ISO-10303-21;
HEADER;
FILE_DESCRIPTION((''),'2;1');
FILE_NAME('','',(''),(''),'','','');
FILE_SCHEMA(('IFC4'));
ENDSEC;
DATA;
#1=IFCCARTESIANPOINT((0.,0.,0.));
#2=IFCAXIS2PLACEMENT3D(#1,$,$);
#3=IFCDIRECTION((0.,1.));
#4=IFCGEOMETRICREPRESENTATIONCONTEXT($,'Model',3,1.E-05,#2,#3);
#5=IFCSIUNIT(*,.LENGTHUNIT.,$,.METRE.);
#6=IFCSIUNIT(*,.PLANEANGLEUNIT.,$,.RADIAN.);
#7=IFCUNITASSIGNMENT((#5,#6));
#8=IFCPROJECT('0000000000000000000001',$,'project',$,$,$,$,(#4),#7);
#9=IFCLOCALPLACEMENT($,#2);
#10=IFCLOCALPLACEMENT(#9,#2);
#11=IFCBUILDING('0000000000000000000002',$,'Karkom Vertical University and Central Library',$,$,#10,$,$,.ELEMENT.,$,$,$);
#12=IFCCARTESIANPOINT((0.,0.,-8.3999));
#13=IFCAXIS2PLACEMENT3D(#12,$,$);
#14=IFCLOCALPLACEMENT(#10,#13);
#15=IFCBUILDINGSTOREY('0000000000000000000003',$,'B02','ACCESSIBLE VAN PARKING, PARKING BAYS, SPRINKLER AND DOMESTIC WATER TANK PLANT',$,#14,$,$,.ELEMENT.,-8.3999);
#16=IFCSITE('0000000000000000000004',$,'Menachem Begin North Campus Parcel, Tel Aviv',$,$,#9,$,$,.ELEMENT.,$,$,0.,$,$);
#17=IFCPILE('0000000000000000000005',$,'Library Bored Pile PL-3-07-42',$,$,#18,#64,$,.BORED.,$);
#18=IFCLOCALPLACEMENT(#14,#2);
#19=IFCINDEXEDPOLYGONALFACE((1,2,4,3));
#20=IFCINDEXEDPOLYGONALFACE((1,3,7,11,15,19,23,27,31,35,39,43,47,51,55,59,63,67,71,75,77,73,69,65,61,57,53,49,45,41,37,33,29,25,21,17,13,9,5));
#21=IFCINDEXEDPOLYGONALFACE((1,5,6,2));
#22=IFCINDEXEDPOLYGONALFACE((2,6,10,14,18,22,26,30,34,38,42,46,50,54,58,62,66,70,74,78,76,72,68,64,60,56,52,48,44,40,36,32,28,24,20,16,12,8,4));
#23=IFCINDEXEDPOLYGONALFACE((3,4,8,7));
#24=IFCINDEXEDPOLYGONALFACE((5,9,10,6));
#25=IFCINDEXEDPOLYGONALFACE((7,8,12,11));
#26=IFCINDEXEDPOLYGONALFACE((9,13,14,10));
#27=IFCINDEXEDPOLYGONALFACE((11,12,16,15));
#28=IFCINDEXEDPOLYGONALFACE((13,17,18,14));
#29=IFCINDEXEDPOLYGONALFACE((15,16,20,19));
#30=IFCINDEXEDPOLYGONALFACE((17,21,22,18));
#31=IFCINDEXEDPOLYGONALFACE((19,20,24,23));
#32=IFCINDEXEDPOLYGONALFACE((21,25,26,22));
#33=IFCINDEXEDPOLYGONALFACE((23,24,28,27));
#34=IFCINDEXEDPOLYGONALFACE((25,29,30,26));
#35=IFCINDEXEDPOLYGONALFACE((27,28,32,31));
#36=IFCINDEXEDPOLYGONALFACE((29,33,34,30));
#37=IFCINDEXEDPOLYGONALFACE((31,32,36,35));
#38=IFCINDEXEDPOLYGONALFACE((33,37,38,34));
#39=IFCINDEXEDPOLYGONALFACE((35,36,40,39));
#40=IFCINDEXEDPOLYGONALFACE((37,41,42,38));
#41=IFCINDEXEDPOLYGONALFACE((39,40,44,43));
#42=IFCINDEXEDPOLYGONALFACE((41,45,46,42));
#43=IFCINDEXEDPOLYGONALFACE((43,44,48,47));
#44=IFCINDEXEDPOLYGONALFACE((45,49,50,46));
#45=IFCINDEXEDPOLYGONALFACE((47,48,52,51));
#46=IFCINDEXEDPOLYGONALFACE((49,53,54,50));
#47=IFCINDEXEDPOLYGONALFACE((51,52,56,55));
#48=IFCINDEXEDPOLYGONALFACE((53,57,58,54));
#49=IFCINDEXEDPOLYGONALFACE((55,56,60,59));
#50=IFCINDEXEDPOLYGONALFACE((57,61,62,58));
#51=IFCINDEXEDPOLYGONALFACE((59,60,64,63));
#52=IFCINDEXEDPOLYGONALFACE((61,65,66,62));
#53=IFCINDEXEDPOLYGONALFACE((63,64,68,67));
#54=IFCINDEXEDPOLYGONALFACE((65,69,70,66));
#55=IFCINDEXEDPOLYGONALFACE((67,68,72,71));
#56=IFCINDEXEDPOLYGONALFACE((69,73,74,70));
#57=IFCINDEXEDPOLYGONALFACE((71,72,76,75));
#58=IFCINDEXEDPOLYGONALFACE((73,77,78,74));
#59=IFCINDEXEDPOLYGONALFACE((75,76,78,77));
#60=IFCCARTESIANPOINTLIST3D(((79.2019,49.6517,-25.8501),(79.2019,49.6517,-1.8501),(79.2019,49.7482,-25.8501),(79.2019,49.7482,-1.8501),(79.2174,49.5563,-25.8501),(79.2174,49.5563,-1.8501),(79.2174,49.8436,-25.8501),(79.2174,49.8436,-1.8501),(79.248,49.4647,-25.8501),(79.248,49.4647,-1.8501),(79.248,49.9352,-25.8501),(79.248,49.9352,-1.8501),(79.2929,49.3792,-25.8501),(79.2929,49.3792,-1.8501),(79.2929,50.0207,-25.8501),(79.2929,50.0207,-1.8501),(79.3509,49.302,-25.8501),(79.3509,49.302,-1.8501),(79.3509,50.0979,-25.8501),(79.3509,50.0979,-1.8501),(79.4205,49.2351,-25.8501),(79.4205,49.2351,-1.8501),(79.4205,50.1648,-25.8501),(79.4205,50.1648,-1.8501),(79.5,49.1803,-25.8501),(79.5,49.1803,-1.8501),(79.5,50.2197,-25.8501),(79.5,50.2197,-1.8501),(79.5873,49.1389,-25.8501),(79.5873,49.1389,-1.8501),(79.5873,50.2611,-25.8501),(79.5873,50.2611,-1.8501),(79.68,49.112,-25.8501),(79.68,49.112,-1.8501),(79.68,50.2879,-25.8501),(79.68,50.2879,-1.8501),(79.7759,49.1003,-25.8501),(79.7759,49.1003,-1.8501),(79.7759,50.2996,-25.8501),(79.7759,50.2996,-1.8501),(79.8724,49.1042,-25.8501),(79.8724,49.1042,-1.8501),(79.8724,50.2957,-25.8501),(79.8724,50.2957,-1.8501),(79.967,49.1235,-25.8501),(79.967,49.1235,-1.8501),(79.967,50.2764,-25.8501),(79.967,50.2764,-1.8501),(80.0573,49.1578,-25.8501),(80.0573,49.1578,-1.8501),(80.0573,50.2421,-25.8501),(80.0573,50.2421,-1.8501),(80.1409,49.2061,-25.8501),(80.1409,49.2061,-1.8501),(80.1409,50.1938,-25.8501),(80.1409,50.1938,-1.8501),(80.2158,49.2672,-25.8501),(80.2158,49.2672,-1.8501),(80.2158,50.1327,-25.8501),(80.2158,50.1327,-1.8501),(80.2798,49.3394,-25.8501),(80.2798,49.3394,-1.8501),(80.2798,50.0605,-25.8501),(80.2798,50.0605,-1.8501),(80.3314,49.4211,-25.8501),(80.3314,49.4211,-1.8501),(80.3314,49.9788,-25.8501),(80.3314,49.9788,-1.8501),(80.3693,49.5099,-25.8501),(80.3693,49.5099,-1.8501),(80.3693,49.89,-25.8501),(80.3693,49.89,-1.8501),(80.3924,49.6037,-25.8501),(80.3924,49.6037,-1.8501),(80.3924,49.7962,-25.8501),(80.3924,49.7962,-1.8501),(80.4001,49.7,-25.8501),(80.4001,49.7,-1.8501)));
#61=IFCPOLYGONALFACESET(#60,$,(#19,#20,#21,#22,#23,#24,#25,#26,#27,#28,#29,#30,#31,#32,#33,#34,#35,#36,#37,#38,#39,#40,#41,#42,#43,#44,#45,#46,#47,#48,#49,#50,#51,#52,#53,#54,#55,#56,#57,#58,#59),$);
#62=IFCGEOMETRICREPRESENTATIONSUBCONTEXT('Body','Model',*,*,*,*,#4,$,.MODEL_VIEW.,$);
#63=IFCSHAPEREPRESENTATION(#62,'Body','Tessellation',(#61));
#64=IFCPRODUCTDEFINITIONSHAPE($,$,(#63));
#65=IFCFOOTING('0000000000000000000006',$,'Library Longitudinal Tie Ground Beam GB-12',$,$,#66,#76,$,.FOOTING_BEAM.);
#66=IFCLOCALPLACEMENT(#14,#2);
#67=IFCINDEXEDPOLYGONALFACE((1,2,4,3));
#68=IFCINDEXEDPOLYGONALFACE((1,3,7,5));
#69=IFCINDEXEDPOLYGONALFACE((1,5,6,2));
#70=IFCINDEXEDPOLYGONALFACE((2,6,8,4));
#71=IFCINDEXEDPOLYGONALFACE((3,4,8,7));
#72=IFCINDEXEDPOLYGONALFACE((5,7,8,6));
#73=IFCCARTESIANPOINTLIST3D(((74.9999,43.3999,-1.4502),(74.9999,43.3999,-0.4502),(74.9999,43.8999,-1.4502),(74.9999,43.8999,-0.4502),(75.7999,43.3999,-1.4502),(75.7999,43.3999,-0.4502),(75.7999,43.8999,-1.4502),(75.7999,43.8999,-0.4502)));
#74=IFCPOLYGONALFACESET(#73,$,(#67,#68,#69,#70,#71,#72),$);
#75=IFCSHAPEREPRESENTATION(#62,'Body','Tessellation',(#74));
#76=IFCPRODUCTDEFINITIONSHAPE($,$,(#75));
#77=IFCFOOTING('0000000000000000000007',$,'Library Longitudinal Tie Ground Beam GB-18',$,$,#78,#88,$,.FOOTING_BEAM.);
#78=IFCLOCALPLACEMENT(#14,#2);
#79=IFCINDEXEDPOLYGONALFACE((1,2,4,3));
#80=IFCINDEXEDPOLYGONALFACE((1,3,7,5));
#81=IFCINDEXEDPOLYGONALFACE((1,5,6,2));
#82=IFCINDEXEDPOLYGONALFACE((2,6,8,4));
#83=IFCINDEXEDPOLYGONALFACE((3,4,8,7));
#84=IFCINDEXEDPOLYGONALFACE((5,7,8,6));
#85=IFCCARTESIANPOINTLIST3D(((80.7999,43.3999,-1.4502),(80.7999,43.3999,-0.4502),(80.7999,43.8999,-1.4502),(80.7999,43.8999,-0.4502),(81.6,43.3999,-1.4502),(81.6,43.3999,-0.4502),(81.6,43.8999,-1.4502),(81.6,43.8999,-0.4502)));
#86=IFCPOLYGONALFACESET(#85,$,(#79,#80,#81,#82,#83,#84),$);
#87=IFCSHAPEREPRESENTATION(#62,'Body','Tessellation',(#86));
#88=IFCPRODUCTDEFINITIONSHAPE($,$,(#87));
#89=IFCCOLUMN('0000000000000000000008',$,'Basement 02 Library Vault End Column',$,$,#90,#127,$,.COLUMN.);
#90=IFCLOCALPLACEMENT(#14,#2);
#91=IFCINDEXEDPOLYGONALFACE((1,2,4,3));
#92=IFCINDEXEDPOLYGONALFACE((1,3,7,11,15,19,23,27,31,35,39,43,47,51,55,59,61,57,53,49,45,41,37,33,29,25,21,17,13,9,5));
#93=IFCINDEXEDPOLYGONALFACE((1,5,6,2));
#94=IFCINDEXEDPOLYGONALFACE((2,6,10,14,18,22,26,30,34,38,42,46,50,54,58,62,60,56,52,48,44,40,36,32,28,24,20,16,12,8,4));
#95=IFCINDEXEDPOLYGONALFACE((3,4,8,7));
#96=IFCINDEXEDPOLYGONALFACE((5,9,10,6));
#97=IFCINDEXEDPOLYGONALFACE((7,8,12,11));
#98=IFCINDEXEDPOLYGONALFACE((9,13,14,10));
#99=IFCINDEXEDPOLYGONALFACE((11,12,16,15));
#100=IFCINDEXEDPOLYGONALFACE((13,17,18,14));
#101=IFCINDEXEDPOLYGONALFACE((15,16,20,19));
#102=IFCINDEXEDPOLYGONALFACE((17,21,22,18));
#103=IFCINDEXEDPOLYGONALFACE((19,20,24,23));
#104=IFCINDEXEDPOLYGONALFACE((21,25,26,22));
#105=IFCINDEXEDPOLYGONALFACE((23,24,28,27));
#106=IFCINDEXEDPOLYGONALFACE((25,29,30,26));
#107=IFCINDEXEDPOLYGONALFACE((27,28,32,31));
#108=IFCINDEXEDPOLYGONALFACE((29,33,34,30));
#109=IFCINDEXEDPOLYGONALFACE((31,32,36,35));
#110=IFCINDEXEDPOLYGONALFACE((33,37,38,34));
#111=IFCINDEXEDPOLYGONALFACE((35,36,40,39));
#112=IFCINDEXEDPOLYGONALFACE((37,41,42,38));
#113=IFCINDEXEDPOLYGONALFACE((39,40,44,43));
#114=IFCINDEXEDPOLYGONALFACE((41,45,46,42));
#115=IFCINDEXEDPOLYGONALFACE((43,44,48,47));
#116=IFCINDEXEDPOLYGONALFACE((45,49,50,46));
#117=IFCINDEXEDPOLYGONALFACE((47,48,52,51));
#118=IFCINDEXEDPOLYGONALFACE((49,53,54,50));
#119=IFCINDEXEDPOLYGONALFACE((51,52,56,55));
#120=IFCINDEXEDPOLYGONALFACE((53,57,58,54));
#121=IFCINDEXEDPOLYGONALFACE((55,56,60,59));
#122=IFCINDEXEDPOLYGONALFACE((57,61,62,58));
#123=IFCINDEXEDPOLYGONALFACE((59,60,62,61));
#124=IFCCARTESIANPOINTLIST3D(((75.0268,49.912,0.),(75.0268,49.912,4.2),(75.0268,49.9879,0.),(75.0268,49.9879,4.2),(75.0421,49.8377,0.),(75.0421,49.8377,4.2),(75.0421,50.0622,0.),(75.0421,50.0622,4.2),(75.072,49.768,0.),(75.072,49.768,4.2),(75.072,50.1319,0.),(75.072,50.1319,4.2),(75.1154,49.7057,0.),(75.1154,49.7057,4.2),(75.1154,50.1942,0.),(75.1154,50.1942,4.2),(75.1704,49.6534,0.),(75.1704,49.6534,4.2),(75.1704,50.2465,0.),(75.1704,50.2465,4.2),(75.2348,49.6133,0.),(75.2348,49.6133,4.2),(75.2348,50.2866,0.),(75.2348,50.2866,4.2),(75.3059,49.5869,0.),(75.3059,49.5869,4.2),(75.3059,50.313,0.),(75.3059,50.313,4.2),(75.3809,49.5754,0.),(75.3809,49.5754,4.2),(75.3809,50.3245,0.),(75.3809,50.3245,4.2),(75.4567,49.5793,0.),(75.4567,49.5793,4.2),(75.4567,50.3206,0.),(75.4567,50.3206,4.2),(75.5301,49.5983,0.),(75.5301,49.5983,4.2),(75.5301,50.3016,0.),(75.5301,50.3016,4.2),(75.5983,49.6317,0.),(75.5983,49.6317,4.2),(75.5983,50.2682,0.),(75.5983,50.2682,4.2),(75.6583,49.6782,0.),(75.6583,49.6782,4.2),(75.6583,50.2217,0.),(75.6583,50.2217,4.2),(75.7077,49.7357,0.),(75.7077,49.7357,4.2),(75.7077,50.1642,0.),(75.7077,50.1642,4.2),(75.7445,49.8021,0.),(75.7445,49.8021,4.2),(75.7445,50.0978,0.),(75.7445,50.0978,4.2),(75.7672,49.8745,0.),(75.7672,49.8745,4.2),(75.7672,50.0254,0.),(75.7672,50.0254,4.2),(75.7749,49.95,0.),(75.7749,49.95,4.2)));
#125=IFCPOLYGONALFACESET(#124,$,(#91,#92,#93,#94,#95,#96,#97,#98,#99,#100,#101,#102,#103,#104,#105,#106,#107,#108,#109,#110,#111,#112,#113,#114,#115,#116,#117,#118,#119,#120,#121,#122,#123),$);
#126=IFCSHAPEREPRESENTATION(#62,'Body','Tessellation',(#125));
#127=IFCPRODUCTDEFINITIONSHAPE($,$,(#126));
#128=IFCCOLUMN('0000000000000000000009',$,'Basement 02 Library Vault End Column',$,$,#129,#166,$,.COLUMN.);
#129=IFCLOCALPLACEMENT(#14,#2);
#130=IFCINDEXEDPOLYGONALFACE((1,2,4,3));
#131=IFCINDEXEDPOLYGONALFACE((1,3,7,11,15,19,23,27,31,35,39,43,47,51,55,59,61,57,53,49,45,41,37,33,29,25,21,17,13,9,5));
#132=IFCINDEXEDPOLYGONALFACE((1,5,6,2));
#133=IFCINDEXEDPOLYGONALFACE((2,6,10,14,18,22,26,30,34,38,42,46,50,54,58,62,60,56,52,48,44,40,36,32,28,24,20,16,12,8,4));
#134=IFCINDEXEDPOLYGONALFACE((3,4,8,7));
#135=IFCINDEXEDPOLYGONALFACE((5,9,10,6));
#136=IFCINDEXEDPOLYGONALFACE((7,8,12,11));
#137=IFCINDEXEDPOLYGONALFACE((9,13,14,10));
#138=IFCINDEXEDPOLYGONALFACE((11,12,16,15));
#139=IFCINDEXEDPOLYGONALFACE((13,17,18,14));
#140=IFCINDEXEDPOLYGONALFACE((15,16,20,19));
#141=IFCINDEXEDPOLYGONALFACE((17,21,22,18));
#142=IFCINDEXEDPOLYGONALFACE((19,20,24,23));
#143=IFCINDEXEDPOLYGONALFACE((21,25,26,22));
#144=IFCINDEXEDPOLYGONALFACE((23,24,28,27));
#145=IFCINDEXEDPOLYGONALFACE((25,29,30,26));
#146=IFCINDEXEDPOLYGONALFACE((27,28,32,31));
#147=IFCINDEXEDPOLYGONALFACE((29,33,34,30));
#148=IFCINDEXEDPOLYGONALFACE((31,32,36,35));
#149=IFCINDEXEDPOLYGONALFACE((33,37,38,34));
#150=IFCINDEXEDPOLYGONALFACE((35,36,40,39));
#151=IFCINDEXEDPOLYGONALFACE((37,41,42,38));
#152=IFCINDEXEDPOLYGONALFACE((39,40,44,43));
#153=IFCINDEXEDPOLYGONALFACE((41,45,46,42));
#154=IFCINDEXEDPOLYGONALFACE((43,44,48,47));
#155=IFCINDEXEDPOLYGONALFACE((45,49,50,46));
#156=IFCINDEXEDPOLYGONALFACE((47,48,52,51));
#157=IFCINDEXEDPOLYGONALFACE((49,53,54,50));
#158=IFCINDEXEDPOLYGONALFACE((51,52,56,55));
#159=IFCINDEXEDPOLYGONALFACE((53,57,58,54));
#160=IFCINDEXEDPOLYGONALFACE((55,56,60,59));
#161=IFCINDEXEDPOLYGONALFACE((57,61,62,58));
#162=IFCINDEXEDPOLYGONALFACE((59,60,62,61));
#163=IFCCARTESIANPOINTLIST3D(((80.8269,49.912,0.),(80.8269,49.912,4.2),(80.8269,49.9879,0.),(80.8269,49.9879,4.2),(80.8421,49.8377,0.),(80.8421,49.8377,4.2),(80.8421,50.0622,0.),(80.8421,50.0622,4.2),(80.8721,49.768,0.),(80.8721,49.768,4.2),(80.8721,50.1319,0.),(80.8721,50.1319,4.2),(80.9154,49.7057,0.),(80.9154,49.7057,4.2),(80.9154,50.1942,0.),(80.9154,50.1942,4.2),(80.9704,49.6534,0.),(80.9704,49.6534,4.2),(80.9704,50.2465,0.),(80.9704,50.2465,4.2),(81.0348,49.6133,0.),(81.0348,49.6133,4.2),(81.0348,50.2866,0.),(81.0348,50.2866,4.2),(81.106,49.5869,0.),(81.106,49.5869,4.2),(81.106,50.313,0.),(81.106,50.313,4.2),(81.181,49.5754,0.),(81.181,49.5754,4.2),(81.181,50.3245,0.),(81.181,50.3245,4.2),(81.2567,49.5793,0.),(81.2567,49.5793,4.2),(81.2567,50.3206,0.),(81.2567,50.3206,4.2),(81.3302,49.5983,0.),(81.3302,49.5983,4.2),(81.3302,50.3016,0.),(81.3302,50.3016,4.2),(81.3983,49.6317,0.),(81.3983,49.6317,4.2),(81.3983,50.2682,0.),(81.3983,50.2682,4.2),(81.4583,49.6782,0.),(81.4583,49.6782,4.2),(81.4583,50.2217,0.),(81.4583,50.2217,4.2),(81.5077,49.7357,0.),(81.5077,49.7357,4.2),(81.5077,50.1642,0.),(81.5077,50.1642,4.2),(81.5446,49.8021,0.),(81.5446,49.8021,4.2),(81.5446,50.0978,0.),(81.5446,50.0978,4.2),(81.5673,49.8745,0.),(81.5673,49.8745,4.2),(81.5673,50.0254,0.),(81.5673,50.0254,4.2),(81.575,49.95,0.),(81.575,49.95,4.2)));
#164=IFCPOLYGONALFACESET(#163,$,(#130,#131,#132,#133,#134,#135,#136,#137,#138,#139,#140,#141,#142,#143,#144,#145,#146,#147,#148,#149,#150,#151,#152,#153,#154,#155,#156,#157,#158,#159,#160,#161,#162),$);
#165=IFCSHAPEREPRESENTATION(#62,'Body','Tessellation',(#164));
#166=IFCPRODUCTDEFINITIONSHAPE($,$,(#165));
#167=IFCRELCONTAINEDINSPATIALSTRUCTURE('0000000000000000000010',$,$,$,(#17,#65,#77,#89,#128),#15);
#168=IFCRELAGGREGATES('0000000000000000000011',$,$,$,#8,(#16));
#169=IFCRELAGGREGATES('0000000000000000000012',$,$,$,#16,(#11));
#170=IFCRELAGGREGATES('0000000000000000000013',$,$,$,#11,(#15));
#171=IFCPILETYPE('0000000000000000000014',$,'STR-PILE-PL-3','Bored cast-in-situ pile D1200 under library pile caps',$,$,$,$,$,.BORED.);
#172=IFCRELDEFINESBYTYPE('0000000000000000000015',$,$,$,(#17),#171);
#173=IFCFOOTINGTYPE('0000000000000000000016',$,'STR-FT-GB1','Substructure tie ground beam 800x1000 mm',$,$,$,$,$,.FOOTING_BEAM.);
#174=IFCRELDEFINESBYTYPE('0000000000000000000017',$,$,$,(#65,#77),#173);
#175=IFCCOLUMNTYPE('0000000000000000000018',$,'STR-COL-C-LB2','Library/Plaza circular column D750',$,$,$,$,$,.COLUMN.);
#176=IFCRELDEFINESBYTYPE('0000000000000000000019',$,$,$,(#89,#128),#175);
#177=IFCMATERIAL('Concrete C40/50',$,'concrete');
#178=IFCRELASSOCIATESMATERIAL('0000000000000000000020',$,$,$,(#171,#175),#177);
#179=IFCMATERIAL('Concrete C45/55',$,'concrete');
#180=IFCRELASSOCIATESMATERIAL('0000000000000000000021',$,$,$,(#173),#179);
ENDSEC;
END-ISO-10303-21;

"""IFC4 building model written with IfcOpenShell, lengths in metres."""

from ifc_helpers import new_model, si_unit, direction, frame, origin, origin_with_axes, origin_2d, place, context, subcontext, project, spatial, rectangle, circle, extrude, source, transform, mapped, material, material_profile, profile_set, type_object, element, save


model = new_model("IFC4")

# Units and contexts
model_context = context("Model", 3, precision=1e-05, world=origin(), true_north=direction((0.0, 1.0)))
body_context = subcontext(model_context, "Body", "Model", "MODEL_VIEW")
ifc_project = project(units=[si_unit("LENGTHUNIT", "METRE"), si_unit("PLANEANGLEUNIT", "RADIAN")], contexts=[model_context])

# Site, building, storey
site_placement = place(None, origin())
site = spatial("IfcSite", under=ifc_project, at=site_placement, Name="Menachem Begin North Campus Parcel, Tel Aviv", CompositionType="ELEMENT", RefElevation=0.0)
building_placement = place(site_placement, origin())
building = spatial("IfcBuilding", under=site, at=building_placement, Name="Karkom Vertical University and Central Library", CompositionType="ELEMENT")
storey_placement = place(building_placement, frame((0.0, 0.0, -8.3999)))
storey = spatial("IfcBuildingStorey", under=building, at=storey_placement, Name="B02", Description="ACCESSIBLE VAN PARKING, PARKING BAYS, SPRINKLER AND DOMESTIC WATER TANK PLANT", CompositionType="ELEMENT", Elevation=-8.3999)

# Pile
ifc_material_1 = material(Name="Concrete C40/50", Category="concrete")
ifc_material_profile_1 = material_profile(ifc_material_1, circle(Radius=0.6001, at=origin_2d()), Name="PILE-D1200")
ifc_profile_set_1 = profile_set([ifc_material_profile_1], Name="Concrete C40/50")
pile_type = type_object("IfcPileType", Name="STR-PILE-PL-3", Description="Bored cast-in-situ pile D1200 under library pile caps", PredefinedType="BORED", material=ifc_profile_set_1)
shared_shape_1 = source(origin_with_axes(), body_context, "Body", "SweptSolid", [
    extrude(circle(Radius=0.6001, at=origin_2d()), origin(), (0.0, 0.0, 1.0), 24.0),
])
for number, where, z_axis, x_axis, name in (
    (1, (79.8, 49.7, -1.8501), (0.0, 0.0, -1.0), (1.0, 0.0, 0.0), "Library Bored Pile PL-3-07-42"),
):
    element("IfcPile", number, at=place(storey_placement, frame(where, z_axis=z_axis, x_axis=x_axis)), inside=storey, type_object=pile_type, Name=name, PredefinedType="BORED", context=body_context, shape_type="MappedRepresentation", body=[
        mapped(shared_shape_1, transform((0.0, 0.0, 0.0), scale=1.0)),
    ])

# Footings
ifc_material_2 = material(Name="Concrete C45/55", Category="concrete")
ifc_material_profile_2 = material_profile(ifc_material_2, rectangle(XDim=0.8, YDim=1.0, at=origin_2d()), Name="GB-800x1000")
ifc_profile_set_2 = profile_set([ifc_material_profile_2], Name="Concrete C45/55")
footing_type = type_object("IfcFootingType", Name="STR-FT-GB1", Description="Substructure tie ground beam 800x1000 mm", PredefinedType="FOOTING_BEAM", material=ifc_profile_set_2)
shared_shape_2 = source(origin_with_axes(), body_context, "Body", "SweptSolid", [
    extrude(rectangle(XDim=0.8, YDim=1.0, at=origin_2d()), origin(), (0.0, 0.0, 1.0), 0.5),
])
for number, where, z_axis, x_axis, name in (
    (2, (75.3999, 43.3999, -0.9502), (0.0, 1.0, 0.0), (-1.0, 0.0, 0.0), "Library Longitudinal Tie Ground Beam GB-12"),
    (3, (81.2, 43.3999, -0.9502), (0.0, 1.0, 0.0), (-1.0, 0.0, 0.0), "Library Longitudinal Tie Ground Beam GB-18"),
):
    element("IfcFooting", number, at=place(storey_placement, frame(where, z_axis=z_axis, x_axis=x_axis)), inside=storey, type_object=footing_type, Name=name, PredefinedType="FOOTING_BEAM", context=body_context, shape_type="MappedRepresentation", body=[
        mapped(shared_shape_2, transform((0.0, 0.0, 0.0), scale=1.0)),
    ])

# Columns
ifc_material_profile_3 = material_profile(ifc_material_1, circle(Radius=0.375, at=origin_2d()), Name="RC-D750")
ifc_profile_set_3 = profile_set([ifc_material_profile_3], Name="Concrete C40/50")
column_type_1 = type_object("IfcColumnType", Name="STR-COL-C-LB2", Description="Library/Plaza circular column D750", PredefinedType="COLUMN", material=ifc_profile_set_3)
shared_shape_3 = source(origin_with_axes(), body_context, "Body", "SweptSolid", [
    extrude(circle(Radius=0.375, at=origin_2d()), origin(), (0.0, 0.0, 1.0), 4.2),
])
for number, where, z_axis, x_axis, name in (
    (4, (75.3999, 49.95, 0.0), (0.0, 0.0, 1.0), (1.0, 0.0, 0.0), "Basement 02 Library Vault End Column"),
    (5, (81.2, 49.95, 0.0), (0.0, 0.0, 1.0), (1.0, 0.0, 0.0), "Basement 02 Library Vault End Column"),
):
    element("IfcColumn", number, at=place(storey_placement, frame(where, z_axis=z_axis, x_axis=x_axis)), inside=storey, type_object=column_type_1, Name=name, PredefinedType="COLUMN", context=body_context, shape_type="MappedRepresentation", body=[
        mapped(shared_shape_3, transform((0.0, 0.0, 0.0), scale=1.0)),
    ])

save(model, "model.ifc")
